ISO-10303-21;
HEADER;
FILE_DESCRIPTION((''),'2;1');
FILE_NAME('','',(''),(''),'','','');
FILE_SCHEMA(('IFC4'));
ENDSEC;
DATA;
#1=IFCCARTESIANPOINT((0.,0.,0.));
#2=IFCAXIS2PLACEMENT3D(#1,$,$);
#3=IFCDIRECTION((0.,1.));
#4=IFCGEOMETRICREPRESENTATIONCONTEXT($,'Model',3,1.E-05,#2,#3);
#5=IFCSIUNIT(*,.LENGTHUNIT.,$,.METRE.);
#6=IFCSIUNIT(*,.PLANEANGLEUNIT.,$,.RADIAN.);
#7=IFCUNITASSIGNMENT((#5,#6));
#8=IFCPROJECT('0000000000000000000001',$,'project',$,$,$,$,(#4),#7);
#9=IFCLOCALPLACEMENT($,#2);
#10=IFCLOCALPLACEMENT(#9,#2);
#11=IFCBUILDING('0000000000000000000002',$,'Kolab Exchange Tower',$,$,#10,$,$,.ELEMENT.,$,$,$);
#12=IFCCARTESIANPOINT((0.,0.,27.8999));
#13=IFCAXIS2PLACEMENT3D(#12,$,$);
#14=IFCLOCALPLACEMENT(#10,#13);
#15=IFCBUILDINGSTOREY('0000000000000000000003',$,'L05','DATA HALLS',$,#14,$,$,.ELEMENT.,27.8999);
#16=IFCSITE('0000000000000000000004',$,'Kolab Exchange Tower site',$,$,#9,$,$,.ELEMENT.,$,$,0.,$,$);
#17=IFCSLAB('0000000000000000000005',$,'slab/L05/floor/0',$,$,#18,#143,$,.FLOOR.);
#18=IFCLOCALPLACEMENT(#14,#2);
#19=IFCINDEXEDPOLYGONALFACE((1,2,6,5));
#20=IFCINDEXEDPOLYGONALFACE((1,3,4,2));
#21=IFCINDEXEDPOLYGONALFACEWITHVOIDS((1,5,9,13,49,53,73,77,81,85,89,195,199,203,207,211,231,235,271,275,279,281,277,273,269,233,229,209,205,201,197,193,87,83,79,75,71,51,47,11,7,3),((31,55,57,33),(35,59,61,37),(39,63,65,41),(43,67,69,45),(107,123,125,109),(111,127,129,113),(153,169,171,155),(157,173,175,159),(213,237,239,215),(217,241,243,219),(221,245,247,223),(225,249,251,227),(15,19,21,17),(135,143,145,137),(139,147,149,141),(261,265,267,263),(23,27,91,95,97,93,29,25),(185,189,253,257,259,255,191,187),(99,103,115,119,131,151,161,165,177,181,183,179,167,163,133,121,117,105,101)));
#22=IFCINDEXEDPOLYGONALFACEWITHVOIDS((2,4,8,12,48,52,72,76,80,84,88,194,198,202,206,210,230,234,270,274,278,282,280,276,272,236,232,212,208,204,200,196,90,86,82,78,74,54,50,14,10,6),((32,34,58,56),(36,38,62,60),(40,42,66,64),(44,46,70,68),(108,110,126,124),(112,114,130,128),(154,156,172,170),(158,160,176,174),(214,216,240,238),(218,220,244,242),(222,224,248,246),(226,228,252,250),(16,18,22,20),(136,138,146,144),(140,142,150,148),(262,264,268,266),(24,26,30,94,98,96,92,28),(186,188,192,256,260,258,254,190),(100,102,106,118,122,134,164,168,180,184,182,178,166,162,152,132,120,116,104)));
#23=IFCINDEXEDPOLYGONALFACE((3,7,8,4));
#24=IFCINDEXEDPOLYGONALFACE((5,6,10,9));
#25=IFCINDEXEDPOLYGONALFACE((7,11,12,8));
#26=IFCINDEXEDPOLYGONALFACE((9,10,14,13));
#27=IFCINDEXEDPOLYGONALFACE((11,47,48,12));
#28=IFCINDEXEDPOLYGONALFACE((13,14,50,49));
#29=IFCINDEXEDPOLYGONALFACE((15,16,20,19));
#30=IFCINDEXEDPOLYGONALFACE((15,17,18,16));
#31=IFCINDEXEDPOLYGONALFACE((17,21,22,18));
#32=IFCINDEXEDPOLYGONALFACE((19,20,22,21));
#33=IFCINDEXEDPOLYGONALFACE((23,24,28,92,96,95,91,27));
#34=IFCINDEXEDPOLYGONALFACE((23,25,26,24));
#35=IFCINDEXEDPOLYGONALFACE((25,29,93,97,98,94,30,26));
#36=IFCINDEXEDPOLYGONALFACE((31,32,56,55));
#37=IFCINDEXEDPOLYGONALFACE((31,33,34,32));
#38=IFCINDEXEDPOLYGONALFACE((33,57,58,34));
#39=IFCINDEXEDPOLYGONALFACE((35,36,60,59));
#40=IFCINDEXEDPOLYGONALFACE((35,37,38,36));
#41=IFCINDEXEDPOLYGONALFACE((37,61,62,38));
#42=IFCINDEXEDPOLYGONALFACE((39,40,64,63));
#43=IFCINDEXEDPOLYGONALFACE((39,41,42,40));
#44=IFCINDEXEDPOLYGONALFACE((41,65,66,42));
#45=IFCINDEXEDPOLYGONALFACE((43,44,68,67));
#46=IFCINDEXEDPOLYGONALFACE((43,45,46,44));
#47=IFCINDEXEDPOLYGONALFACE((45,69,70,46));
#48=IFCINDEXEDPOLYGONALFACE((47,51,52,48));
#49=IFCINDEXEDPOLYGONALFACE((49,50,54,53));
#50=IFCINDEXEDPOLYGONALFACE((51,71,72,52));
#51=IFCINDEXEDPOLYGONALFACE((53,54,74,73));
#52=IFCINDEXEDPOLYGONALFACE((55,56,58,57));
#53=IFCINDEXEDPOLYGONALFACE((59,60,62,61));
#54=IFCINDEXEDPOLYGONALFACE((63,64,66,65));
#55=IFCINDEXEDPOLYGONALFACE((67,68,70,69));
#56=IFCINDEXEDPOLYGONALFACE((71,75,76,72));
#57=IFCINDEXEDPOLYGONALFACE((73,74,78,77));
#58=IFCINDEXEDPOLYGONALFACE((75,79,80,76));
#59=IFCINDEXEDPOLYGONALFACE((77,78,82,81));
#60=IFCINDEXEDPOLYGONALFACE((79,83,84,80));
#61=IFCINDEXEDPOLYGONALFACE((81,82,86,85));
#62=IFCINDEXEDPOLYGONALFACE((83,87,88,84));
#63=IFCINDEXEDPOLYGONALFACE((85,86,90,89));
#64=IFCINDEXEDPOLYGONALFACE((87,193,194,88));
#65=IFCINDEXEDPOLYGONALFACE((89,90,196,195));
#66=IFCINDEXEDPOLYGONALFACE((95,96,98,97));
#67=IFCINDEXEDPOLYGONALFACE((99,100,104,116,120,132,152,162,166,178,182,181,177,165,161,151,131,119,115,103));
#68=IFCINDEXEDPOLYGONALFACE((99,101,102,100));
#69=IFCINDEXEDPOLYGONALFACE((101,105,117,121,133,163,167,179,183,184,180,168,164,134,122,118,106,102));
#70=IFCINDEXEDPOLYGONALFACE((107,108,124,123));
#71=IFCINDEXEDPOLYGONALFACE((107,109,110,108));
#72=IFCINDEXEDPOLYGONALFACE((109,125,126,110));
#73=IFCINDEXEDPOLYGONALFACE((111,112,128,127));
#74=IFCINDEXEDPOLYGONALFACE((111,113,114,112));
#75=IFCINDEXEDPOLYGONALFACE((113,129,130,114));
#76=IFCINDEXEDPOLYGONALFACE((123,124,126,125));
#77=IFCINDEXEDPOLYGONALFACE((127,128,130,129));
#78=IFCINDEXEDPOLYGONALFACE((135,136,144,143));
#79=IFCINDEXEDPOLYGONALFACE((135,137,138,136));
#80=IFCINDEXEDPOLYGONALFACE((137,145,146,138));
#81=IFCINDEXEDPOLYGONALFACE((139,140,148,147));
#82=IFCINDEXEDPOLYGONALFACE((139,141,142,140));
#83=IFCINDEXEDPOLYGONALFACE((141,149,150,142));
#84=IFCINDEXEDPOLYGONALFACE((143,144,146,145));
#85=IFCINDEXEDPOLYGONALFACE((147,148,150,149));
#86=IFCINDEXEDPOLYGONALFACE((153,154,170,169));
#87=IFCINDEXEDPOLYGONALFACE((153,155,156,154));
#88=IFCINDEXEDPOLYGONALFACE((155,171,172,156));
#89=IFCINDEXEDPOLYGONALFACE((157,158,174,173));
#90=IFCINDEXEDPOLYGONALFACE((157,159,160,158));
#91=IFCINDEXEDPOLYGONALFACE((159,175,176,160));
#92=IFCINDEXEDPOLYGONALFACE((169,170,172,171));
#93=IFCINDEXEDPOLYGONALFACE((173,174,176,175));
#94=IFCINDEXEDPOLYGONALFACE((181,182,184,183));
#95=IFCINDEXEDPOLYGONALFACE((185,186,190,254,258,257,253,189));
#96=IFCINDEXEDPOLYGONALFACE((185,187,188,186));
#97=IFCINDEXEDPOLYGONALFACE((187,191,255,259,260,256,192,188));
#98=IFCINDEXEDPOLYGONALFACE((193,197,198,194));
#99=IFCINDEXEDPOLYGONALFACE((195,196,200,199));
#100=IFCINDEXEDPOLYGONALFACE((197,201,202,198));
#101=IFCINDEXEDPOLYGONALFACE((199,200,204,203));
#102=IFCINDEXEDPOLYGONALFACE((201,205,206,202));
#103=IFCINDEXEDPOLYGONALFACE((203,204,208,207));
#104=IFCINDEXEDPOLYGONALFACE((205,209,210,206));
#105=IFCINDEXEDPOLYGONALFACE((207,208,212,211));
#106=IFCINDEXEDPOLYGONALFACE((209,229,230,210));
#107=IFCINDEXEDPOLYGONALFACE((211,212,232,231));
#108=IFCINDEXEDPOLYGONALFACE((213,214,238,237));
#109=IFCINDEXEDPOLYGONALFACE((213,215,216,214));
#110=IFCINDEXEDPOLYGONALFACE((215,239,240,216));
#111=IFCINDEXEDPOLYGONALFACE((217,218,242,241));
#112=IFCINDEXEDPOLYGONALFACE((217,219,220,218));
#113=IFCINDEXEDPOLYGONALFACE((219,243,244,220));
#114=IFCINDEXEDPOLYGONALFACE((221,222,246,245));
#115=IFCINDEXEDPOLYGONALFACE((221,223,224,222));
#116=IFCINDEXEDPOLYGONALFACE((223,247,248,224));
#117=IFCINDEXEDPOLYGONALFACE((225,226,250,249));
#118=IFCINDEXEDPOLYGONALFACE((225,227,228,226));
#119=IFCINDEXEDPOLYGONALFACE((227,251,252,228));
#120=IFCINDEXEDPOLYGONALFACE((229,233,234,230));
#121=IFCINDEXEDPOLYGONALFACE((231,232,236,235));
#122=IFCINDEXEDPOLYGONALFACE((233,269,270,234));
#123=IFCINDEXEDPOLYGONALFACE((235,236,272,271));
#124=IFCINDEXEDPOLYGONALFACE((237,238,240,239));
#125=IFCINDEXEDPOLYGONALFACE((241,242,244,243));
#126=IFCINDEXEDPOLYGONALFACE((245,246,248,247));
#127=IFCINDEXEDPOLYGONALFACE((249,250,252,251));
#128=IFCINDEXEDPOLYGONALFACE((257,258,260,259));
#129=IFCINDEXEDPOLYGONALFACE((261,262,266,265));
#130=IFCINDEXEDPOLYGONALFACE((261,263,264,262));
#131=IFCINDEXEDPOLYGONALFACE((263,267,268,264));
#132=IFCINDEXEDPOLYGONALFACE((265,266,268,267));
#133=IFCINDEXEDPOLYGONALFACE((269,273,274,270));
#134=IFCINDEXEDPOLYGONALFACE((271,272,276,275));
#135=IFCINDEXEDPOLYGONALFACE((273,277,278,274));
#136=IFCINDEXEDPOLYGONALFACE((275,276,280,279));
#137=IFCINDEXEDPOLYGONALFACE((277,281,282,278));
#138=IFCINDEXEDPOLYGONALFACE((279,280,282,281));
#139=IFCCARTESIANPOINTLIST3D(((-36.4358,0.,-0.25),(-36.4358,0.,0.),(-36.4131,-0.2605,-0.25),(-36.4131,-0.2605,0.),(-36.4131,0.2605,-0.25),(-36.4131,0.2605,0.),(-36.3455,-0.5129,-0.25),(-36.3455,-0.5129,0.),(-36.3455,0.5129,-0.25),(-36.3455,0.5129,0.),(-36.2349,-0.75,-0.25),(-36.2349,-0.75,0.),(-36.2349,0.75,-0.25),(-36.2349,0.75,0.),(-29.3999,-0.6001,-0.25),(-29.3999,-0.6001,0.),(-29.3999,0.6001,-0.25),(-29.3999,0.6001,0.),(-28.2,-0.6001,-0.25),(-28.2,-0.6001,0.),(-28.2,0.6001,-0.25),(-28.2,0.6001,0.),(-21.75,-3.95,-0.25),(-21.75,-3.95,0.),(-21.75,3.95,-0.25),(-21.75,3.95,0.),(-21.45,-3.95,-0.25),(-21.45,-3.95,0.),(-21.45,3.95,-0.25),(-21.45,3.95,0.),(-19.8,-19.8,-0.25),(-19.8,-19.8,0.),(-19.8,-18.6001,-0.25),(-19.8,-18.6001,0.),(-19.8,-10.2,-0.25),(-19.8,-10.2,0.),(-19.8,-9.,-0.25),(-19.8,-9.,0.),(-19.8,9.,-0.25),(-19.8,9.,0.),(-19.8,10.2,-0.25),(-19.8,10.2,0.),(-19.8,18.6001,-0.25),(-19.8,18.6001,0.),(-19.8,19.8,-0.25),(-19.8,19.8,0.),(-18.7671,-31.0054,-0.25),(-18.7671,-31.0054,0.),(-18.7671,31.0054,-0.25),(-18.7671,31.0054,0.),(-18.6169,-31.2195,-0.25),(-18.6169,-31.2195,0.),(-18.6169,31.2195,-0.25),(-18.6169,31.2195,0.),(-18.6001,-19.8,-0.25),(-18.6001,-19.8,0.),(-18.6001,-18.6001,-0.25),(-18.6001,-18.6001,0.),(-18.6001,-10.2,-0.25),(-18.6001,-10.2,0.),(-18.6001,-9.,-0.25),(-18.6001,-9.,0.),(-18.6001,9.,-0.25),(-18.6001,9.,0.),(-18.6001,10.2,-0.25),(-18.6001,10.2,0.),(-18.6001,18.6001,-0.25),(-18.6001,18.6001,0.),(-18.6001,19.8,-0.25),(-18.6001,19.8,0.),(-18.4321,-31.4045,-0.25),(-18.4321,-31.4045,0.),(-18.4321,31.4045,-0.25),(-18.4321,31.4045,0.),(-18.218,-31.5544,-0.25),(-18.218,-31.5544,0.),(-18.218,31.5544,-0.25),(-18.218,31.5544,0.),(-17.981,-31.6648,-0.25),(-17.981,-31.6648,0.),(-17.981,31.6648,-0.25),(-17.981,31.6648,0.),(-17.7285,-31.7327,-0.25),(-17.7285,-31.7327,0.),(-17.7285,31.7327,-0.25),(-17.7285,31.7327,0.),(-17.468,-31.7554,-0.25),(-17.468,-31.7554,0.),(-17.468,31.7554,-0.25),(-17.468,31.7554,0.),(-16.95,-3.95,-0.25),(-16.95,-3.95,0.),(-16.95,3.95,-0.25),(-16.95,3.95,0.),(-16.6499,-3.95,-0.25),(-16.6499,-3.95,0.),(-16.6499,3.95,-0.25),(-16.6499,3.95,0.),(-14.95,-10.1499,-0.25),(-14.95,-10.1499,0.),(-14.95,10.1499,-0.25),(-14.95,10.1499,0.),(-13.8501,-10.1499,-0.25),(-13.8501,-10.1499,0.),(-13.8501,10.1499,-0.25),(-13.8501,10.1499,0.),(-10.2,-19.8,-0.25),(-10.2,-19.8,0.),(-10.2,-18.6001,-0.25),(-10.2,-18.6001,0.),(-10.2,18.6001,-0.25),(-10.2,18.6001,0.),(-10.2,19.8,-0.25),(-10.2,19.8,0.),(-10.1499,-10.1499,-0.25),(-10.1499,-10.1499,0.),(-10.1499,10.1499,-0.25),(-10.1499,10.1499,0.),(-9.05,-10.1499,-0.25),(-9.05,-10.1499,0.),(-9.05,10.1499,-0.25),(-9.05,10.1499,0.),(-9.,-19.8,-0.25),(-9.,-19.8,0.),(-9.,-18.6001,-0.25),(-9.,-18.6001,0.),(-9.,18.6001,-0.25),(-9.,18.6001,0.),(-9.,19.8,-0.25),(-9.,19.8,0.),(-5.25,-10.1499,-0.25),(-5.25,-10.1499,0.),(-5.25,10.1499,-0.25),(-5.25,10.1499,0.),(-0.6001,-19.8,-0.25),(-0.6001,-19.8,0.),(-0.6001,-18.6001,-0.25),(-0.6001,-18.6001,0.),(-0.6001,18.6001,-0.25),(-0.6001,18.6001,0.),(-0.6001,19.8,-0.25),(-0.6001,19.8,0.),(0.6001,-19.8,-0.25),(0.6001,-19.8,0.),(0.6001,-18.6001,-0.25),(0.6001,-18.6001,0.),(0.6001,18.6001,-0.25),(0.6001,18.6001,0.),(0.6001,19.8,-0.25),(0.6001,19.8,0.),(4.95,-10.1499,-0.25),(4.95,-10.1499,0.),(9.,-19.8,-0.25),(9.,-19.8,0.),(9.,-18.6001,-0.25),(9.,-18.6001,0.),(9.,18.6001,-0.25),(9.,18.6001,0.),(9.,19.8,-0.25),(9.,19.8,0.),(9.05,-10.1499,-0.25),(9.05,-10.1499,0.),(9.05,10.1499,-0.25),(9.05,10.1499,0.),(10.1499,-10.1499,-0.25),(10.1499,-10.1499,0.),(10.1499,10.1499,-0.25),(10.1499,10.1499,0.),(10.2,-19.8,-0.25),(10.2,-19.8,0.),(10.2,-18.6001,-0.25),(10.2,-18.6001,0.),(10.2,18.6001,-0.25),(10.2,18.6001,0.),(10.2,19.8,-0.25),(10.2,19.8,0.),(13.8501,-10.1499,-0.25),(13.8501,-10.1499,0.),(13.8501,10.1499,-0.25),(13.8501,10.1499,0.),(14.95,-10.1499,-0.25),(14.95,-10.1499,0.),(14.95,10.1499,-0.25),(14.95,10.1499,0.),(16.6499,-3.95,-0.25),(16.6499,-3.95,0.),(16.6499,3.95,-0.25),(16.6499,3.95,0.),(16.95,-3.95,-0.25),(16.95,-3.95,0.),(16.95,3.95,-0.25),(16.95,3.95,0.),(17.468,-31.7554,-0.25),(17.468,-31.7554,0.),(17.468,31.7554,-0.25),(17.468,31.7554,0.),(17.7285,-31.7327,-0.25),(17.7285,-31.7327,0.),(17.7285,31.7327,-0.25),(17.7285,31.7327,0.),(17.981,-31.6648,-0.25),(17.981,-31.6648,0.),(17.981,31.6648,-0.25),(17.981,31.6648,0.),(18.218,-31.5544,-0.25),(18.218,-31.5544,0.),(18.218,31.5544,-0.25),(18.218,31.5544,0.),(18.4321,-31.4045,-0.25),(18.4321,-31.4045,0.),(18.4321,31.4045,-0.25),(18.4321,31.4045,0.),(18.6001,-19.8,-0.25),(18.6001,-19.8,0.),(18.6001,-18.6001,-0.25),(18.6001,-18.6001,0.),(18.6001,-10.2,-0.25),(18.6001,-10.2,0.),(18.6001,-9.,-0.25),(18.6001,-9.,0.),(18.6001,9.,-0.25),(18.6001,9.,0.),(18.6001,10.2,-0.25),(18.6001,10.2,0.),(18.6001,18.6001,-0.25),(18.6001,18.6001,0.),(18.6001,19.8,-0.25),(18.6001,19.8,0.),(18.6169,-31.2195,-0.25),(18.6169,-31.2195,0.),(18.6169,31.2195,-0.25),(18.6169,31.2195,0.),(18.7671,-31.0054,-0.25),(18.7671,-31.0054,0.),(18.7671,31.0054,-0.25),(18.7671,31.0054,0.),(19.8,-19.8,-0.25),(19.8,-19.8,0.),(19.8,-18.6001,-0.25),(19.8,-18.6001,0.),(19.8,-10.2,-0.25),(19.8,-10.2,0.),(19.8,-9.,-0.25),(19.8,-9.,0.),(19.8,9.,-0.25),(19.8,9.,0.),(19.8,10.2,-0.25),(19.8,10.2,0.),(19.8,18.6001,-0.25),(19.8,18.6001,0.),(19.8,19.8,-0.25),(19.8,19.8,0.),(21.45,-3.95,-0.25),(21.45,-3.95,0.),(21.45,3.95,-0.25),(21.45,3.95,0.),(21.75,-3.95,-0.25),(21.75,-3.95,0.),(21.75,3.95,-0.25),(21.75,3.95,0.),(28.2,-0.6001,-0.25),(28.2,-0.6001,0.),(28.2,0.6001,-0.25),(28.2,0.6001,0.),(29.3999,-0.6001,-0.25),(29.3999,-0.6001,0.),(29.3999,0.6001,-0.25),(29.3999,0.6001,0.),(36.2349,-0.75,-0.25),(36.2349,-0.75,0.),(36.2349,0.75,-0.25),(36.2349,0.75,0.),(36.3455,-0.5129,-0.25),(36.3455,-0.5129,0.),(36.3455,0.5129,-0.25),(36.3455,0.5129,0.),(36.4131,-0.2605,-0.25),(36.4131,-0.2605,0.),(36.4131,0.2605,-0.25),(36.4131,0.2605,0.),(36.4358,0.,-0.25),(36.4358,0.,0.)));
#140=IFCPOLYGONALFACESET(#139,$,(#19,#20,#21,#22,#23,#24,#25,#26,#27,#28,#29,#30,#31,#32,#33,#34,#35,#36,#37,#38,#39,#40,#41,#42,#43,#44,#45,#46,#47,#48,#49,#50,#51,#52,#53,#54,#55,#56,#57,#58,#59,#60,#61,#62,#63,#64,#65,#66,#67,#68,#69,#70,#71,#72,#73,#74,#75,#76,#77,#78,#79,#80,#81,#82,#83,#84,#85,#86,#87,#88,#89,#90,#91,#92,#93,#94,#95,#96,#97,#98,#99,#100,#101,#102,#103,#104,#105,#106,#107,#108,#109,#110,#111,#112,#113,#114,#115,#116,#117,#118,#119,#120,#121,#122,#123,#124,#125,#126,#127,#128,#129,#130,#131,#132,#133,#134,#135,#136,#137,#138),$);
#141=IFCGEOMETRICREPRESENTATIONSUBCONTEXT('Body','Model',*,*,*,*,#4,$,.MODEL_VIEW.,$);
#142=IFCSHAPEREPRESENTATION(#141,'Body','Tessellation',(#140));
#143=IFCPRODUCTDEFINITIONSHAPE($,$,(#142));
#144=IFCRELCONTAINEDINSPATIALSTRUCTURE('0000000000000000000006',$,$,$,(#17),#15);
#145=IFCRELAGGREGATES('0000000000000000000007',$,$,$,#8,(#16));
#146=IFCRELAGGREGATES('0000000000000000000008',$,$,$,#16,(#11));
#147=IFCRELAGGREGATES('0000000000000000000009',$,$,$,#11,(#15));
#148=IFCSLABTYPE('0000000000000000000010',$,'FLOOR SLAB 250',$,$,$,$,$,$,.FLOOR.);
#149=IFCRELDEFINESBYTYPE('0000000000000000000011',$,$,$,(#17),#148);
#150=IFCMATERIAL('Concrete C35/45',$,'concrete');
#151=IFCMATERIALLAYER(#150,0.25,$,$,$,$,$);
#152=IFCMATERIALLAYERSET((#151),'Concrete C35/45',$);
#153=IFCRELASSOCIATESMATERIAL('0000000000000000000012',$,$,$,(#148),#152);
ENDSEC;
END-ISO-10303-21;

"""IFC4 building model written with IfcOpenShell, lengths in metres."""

from ifc_helpers import new_model, si_unit, direction, frame, origin, place, context, subcontext, project, spatial, polyline, outline, extrude, material, layer, layer_set, type_object, element, save


model = new_model("IFC4")

# Units and contexts
model_context = context("Model", 3, precision=1e-05, world=origin(), true_north=direction((0.0, 1.0)))
body_context = subcontext(model_context, "Body", "Model", "MODEL_VIEW")
ifc_project = project(units=[si_unit("LENGTHUNIT", "METRE"), si_unit("PLANEANGLEUNIT", "RADIAN")], contexts=[model_context])

# Site, building, storey
site_placement = place(None, origin())
site = spatial("IfcSite", under=ifc_project, at=site_placement, Name="Kolab Exchange Tower site", CompositionType="ELEMENT", RefElevation=0.0)
building_placement = place(site_placement, origin())
building = spatial("IfcBuilding", under=site, at=building_placement, Name="Kolab Exchange Tower", CompositionType="ELEMENT")
storey_placement = place(building_placement, frame((0.0, 0.0, 27.8999)))
storey = spatial("IfcBuildingStorey", under=building, at=storey_placement, Name="L05", Description="DATA HALLS", CompositionType="ELEMENT", Elevation=27.8999)

# Slab
ifc_material_1 = material(Name="Concrete C35/45", Category="concrete")
ifc_layer_1 = layer(ifc_material_1, 0.25)
ifc_layer_set_1 = layer_set([ifc_layer_1], Name="Concrete C35/45")
slab_type = type_object("IfcSlabType", Name="FLOOR SLAB 250", PredefinedType="FLOOR", material=ifc_layer_set_1)
slab_1_placement = place(storey_placement, frame((0.0, 0.0, -0.25)))
element("IfcSlab", 1, at=slab_1_placement, inside=storey, type_object=slab_type, Name="slab/L05/floor/0", PredefinedType="FLOOR", context=body_context, shape_type="SweptSolid", body=[
    extrude(outline(polyline([(18.7671, -31.0054), (36.2349, -0.75), (36.3455, -0.5129), (36.4131, -0.2605), (36.4358, 0.0), (36.4131, 0.2605), (36.3455, 0.5129), (36.2349, 0.75), (18.7671, 31.0054), (18.6169, 31.2195), (18.4321, 31.4045), (18.218, 31.5544), (17.981, 31.6648), (17.7285, 31.7327), (17.468, 31.7554), (-17.468, 31.7554), (-17.7285, 31.7327), (-17.981, 31.6648), (-18.218, 31.5544), (-18.4321, 31.4045), (-18.6169, 31.2195), (-18.7671, 31.0054), (-36.2349, 0.75), (-36.3455, 0.5129), (-36.4131, 0.2605), (-36.4358, 0.0), (-36.4131, -0.2605), (-36.3455, -0.5129), (-36.2349, -0.75), (-18.7671, -31.0054), (-18.6169, -31.2195), (-18.4321, -31.4045), (-18.218, -31.5544), (-17.981, -31.6648), (-17.7285, -31.7327), (-17.468, -31.7554), (17.468, -31.7554), (17.7285, -31.7327), (17.981, -31.6648), (18.218, -31.5544), (18.4321, -31.4045), (18.6169, -31.2195), (18.7671, -31.0054)]), holes=[polyline([(-19.8, -18.6001), (-18.6001, -18.6001), (-18.6001, -19.8), (-19.8, -19.8), (-19.8, -18.6001)]), polyline([(-18.6001, -9.0), (-18.6001, -10.2), (-19.8, -10.2), (-19.8, -9.0), (-18.6001, -9.0)]), polyline([(-21.75, -3.95), (-21.75, 3.95), (-21.45, 3.95), (-16.95, 3.95), (-16.6499, 3.95), (-16.6499, -3.95), (-16.95, -3.95), (-21.45, -3.95), (-21.75, -3.95)]), polyline([(-14.95, 10.1499), (-13.8501, 10.1499), (-10.1499, 10.1499), (-9.05, 10.1499), (-5.25, 10.1499), (9.05, 10.1499), (10.1499, 10.1499), (13.8501, 10.1499), (14.95, 10.1499), (14.95, -10.1499), (13.8501, -10.1499), (10.1499, -10.1499), (9.05, -10.1499), (4.95, -10.1499), (-5.25, -10.1499), (-9.05, -10.1499), (-10.1499, -10.1499), (-13.8501, -10.1499), (-14.95, -10.1499), (-14.95, 10.1499)]), polyline([(-28.2, 0.6001), (-28.2, -0.6001), (-29.3999, -0.6001), (-29.3999, 0.6001), (-28.2, 0.6001)]), polyline([(-18.6001, 10.2), (-18.6001, 9.0), (-19.8, 9.0), (-19.8, 10.2), (-18.6001, 10.2)]), polyline([(-19.8, 19.8), (-18.6001, 19.8), (-18.6001, 18.6001), (-19.8, 18.6001), (-19.8, 19.8)]), polyline([(-9.0, -18.6001), (-9.0, -19.8), (-10.2, -19.8), (-10.2, -18.6001), (-9.0, -18.6001)]), polyline([(-9.0, 19.8), (-9.0, 18.6001), (-10.2, 18.6001), (-10.2, 19.8), (-9.0, 19.8)]), polyline([(0.6001, -18.6001), (0.6001, -19.8), (-0.6001, -19.8), (-0.6001, -18.6001), (0.6001, -18.6001)]), polyline([(0.6001, 19.8), (0.6001, 18.6001), (-0.6001, 18.6001), (-0.6001, 19.8), (0.6001, 19.8)]), polyline([(10.2, -18.6001), (10.2, -19.8), (9.0, -19.8), (9.0, -18.6001), (10.2, -18.6001)]), polyline([(9.0, 19.8), (10.2, 19.8), (10.2, 18.6001), (9.0, 18.6001), (9.0, 19.8)]), polyline([(19.8, -18.6001), (19.8, -19.8), (18.6001, -19.8), (18.6001, -18.6001), (19.8, -18.6001)]), polyline([(19.8, -9.0), (19.8, -10.2), (18.6001, -10.2), (18.6001, -9.0), (19.8, -9.0)]), polyline([(16.95, -3.95), (16.6499, -3.95), (16.6499, 3.95), (16.95, 3.95), (21.45, 3.95), (21.75, 3.95), (21.75, -3.95), (21.45, -3.95), (16.95, -3.95)]), polyline([(29.3999, 0.6001), (29.3999, -0.6001), (28.2, -0.6001), (28.2, 0.6001), (29.3999, 0.6001)]), polyline([(18.6001, 10.2), (19.8, 10.2), (19.8, 9.0), (18.6001, 9.0), (18.6001, 10.2)]), polyline([(18.6001, 19.8), (19.8, 19.8), (19.8, 18.6001), (18.6001, 18.6001), (18.6001, 19.8)])]), origin(), (0.0, 0.0, 1.0), 0.25),
])

save(model, "model.ifc")
